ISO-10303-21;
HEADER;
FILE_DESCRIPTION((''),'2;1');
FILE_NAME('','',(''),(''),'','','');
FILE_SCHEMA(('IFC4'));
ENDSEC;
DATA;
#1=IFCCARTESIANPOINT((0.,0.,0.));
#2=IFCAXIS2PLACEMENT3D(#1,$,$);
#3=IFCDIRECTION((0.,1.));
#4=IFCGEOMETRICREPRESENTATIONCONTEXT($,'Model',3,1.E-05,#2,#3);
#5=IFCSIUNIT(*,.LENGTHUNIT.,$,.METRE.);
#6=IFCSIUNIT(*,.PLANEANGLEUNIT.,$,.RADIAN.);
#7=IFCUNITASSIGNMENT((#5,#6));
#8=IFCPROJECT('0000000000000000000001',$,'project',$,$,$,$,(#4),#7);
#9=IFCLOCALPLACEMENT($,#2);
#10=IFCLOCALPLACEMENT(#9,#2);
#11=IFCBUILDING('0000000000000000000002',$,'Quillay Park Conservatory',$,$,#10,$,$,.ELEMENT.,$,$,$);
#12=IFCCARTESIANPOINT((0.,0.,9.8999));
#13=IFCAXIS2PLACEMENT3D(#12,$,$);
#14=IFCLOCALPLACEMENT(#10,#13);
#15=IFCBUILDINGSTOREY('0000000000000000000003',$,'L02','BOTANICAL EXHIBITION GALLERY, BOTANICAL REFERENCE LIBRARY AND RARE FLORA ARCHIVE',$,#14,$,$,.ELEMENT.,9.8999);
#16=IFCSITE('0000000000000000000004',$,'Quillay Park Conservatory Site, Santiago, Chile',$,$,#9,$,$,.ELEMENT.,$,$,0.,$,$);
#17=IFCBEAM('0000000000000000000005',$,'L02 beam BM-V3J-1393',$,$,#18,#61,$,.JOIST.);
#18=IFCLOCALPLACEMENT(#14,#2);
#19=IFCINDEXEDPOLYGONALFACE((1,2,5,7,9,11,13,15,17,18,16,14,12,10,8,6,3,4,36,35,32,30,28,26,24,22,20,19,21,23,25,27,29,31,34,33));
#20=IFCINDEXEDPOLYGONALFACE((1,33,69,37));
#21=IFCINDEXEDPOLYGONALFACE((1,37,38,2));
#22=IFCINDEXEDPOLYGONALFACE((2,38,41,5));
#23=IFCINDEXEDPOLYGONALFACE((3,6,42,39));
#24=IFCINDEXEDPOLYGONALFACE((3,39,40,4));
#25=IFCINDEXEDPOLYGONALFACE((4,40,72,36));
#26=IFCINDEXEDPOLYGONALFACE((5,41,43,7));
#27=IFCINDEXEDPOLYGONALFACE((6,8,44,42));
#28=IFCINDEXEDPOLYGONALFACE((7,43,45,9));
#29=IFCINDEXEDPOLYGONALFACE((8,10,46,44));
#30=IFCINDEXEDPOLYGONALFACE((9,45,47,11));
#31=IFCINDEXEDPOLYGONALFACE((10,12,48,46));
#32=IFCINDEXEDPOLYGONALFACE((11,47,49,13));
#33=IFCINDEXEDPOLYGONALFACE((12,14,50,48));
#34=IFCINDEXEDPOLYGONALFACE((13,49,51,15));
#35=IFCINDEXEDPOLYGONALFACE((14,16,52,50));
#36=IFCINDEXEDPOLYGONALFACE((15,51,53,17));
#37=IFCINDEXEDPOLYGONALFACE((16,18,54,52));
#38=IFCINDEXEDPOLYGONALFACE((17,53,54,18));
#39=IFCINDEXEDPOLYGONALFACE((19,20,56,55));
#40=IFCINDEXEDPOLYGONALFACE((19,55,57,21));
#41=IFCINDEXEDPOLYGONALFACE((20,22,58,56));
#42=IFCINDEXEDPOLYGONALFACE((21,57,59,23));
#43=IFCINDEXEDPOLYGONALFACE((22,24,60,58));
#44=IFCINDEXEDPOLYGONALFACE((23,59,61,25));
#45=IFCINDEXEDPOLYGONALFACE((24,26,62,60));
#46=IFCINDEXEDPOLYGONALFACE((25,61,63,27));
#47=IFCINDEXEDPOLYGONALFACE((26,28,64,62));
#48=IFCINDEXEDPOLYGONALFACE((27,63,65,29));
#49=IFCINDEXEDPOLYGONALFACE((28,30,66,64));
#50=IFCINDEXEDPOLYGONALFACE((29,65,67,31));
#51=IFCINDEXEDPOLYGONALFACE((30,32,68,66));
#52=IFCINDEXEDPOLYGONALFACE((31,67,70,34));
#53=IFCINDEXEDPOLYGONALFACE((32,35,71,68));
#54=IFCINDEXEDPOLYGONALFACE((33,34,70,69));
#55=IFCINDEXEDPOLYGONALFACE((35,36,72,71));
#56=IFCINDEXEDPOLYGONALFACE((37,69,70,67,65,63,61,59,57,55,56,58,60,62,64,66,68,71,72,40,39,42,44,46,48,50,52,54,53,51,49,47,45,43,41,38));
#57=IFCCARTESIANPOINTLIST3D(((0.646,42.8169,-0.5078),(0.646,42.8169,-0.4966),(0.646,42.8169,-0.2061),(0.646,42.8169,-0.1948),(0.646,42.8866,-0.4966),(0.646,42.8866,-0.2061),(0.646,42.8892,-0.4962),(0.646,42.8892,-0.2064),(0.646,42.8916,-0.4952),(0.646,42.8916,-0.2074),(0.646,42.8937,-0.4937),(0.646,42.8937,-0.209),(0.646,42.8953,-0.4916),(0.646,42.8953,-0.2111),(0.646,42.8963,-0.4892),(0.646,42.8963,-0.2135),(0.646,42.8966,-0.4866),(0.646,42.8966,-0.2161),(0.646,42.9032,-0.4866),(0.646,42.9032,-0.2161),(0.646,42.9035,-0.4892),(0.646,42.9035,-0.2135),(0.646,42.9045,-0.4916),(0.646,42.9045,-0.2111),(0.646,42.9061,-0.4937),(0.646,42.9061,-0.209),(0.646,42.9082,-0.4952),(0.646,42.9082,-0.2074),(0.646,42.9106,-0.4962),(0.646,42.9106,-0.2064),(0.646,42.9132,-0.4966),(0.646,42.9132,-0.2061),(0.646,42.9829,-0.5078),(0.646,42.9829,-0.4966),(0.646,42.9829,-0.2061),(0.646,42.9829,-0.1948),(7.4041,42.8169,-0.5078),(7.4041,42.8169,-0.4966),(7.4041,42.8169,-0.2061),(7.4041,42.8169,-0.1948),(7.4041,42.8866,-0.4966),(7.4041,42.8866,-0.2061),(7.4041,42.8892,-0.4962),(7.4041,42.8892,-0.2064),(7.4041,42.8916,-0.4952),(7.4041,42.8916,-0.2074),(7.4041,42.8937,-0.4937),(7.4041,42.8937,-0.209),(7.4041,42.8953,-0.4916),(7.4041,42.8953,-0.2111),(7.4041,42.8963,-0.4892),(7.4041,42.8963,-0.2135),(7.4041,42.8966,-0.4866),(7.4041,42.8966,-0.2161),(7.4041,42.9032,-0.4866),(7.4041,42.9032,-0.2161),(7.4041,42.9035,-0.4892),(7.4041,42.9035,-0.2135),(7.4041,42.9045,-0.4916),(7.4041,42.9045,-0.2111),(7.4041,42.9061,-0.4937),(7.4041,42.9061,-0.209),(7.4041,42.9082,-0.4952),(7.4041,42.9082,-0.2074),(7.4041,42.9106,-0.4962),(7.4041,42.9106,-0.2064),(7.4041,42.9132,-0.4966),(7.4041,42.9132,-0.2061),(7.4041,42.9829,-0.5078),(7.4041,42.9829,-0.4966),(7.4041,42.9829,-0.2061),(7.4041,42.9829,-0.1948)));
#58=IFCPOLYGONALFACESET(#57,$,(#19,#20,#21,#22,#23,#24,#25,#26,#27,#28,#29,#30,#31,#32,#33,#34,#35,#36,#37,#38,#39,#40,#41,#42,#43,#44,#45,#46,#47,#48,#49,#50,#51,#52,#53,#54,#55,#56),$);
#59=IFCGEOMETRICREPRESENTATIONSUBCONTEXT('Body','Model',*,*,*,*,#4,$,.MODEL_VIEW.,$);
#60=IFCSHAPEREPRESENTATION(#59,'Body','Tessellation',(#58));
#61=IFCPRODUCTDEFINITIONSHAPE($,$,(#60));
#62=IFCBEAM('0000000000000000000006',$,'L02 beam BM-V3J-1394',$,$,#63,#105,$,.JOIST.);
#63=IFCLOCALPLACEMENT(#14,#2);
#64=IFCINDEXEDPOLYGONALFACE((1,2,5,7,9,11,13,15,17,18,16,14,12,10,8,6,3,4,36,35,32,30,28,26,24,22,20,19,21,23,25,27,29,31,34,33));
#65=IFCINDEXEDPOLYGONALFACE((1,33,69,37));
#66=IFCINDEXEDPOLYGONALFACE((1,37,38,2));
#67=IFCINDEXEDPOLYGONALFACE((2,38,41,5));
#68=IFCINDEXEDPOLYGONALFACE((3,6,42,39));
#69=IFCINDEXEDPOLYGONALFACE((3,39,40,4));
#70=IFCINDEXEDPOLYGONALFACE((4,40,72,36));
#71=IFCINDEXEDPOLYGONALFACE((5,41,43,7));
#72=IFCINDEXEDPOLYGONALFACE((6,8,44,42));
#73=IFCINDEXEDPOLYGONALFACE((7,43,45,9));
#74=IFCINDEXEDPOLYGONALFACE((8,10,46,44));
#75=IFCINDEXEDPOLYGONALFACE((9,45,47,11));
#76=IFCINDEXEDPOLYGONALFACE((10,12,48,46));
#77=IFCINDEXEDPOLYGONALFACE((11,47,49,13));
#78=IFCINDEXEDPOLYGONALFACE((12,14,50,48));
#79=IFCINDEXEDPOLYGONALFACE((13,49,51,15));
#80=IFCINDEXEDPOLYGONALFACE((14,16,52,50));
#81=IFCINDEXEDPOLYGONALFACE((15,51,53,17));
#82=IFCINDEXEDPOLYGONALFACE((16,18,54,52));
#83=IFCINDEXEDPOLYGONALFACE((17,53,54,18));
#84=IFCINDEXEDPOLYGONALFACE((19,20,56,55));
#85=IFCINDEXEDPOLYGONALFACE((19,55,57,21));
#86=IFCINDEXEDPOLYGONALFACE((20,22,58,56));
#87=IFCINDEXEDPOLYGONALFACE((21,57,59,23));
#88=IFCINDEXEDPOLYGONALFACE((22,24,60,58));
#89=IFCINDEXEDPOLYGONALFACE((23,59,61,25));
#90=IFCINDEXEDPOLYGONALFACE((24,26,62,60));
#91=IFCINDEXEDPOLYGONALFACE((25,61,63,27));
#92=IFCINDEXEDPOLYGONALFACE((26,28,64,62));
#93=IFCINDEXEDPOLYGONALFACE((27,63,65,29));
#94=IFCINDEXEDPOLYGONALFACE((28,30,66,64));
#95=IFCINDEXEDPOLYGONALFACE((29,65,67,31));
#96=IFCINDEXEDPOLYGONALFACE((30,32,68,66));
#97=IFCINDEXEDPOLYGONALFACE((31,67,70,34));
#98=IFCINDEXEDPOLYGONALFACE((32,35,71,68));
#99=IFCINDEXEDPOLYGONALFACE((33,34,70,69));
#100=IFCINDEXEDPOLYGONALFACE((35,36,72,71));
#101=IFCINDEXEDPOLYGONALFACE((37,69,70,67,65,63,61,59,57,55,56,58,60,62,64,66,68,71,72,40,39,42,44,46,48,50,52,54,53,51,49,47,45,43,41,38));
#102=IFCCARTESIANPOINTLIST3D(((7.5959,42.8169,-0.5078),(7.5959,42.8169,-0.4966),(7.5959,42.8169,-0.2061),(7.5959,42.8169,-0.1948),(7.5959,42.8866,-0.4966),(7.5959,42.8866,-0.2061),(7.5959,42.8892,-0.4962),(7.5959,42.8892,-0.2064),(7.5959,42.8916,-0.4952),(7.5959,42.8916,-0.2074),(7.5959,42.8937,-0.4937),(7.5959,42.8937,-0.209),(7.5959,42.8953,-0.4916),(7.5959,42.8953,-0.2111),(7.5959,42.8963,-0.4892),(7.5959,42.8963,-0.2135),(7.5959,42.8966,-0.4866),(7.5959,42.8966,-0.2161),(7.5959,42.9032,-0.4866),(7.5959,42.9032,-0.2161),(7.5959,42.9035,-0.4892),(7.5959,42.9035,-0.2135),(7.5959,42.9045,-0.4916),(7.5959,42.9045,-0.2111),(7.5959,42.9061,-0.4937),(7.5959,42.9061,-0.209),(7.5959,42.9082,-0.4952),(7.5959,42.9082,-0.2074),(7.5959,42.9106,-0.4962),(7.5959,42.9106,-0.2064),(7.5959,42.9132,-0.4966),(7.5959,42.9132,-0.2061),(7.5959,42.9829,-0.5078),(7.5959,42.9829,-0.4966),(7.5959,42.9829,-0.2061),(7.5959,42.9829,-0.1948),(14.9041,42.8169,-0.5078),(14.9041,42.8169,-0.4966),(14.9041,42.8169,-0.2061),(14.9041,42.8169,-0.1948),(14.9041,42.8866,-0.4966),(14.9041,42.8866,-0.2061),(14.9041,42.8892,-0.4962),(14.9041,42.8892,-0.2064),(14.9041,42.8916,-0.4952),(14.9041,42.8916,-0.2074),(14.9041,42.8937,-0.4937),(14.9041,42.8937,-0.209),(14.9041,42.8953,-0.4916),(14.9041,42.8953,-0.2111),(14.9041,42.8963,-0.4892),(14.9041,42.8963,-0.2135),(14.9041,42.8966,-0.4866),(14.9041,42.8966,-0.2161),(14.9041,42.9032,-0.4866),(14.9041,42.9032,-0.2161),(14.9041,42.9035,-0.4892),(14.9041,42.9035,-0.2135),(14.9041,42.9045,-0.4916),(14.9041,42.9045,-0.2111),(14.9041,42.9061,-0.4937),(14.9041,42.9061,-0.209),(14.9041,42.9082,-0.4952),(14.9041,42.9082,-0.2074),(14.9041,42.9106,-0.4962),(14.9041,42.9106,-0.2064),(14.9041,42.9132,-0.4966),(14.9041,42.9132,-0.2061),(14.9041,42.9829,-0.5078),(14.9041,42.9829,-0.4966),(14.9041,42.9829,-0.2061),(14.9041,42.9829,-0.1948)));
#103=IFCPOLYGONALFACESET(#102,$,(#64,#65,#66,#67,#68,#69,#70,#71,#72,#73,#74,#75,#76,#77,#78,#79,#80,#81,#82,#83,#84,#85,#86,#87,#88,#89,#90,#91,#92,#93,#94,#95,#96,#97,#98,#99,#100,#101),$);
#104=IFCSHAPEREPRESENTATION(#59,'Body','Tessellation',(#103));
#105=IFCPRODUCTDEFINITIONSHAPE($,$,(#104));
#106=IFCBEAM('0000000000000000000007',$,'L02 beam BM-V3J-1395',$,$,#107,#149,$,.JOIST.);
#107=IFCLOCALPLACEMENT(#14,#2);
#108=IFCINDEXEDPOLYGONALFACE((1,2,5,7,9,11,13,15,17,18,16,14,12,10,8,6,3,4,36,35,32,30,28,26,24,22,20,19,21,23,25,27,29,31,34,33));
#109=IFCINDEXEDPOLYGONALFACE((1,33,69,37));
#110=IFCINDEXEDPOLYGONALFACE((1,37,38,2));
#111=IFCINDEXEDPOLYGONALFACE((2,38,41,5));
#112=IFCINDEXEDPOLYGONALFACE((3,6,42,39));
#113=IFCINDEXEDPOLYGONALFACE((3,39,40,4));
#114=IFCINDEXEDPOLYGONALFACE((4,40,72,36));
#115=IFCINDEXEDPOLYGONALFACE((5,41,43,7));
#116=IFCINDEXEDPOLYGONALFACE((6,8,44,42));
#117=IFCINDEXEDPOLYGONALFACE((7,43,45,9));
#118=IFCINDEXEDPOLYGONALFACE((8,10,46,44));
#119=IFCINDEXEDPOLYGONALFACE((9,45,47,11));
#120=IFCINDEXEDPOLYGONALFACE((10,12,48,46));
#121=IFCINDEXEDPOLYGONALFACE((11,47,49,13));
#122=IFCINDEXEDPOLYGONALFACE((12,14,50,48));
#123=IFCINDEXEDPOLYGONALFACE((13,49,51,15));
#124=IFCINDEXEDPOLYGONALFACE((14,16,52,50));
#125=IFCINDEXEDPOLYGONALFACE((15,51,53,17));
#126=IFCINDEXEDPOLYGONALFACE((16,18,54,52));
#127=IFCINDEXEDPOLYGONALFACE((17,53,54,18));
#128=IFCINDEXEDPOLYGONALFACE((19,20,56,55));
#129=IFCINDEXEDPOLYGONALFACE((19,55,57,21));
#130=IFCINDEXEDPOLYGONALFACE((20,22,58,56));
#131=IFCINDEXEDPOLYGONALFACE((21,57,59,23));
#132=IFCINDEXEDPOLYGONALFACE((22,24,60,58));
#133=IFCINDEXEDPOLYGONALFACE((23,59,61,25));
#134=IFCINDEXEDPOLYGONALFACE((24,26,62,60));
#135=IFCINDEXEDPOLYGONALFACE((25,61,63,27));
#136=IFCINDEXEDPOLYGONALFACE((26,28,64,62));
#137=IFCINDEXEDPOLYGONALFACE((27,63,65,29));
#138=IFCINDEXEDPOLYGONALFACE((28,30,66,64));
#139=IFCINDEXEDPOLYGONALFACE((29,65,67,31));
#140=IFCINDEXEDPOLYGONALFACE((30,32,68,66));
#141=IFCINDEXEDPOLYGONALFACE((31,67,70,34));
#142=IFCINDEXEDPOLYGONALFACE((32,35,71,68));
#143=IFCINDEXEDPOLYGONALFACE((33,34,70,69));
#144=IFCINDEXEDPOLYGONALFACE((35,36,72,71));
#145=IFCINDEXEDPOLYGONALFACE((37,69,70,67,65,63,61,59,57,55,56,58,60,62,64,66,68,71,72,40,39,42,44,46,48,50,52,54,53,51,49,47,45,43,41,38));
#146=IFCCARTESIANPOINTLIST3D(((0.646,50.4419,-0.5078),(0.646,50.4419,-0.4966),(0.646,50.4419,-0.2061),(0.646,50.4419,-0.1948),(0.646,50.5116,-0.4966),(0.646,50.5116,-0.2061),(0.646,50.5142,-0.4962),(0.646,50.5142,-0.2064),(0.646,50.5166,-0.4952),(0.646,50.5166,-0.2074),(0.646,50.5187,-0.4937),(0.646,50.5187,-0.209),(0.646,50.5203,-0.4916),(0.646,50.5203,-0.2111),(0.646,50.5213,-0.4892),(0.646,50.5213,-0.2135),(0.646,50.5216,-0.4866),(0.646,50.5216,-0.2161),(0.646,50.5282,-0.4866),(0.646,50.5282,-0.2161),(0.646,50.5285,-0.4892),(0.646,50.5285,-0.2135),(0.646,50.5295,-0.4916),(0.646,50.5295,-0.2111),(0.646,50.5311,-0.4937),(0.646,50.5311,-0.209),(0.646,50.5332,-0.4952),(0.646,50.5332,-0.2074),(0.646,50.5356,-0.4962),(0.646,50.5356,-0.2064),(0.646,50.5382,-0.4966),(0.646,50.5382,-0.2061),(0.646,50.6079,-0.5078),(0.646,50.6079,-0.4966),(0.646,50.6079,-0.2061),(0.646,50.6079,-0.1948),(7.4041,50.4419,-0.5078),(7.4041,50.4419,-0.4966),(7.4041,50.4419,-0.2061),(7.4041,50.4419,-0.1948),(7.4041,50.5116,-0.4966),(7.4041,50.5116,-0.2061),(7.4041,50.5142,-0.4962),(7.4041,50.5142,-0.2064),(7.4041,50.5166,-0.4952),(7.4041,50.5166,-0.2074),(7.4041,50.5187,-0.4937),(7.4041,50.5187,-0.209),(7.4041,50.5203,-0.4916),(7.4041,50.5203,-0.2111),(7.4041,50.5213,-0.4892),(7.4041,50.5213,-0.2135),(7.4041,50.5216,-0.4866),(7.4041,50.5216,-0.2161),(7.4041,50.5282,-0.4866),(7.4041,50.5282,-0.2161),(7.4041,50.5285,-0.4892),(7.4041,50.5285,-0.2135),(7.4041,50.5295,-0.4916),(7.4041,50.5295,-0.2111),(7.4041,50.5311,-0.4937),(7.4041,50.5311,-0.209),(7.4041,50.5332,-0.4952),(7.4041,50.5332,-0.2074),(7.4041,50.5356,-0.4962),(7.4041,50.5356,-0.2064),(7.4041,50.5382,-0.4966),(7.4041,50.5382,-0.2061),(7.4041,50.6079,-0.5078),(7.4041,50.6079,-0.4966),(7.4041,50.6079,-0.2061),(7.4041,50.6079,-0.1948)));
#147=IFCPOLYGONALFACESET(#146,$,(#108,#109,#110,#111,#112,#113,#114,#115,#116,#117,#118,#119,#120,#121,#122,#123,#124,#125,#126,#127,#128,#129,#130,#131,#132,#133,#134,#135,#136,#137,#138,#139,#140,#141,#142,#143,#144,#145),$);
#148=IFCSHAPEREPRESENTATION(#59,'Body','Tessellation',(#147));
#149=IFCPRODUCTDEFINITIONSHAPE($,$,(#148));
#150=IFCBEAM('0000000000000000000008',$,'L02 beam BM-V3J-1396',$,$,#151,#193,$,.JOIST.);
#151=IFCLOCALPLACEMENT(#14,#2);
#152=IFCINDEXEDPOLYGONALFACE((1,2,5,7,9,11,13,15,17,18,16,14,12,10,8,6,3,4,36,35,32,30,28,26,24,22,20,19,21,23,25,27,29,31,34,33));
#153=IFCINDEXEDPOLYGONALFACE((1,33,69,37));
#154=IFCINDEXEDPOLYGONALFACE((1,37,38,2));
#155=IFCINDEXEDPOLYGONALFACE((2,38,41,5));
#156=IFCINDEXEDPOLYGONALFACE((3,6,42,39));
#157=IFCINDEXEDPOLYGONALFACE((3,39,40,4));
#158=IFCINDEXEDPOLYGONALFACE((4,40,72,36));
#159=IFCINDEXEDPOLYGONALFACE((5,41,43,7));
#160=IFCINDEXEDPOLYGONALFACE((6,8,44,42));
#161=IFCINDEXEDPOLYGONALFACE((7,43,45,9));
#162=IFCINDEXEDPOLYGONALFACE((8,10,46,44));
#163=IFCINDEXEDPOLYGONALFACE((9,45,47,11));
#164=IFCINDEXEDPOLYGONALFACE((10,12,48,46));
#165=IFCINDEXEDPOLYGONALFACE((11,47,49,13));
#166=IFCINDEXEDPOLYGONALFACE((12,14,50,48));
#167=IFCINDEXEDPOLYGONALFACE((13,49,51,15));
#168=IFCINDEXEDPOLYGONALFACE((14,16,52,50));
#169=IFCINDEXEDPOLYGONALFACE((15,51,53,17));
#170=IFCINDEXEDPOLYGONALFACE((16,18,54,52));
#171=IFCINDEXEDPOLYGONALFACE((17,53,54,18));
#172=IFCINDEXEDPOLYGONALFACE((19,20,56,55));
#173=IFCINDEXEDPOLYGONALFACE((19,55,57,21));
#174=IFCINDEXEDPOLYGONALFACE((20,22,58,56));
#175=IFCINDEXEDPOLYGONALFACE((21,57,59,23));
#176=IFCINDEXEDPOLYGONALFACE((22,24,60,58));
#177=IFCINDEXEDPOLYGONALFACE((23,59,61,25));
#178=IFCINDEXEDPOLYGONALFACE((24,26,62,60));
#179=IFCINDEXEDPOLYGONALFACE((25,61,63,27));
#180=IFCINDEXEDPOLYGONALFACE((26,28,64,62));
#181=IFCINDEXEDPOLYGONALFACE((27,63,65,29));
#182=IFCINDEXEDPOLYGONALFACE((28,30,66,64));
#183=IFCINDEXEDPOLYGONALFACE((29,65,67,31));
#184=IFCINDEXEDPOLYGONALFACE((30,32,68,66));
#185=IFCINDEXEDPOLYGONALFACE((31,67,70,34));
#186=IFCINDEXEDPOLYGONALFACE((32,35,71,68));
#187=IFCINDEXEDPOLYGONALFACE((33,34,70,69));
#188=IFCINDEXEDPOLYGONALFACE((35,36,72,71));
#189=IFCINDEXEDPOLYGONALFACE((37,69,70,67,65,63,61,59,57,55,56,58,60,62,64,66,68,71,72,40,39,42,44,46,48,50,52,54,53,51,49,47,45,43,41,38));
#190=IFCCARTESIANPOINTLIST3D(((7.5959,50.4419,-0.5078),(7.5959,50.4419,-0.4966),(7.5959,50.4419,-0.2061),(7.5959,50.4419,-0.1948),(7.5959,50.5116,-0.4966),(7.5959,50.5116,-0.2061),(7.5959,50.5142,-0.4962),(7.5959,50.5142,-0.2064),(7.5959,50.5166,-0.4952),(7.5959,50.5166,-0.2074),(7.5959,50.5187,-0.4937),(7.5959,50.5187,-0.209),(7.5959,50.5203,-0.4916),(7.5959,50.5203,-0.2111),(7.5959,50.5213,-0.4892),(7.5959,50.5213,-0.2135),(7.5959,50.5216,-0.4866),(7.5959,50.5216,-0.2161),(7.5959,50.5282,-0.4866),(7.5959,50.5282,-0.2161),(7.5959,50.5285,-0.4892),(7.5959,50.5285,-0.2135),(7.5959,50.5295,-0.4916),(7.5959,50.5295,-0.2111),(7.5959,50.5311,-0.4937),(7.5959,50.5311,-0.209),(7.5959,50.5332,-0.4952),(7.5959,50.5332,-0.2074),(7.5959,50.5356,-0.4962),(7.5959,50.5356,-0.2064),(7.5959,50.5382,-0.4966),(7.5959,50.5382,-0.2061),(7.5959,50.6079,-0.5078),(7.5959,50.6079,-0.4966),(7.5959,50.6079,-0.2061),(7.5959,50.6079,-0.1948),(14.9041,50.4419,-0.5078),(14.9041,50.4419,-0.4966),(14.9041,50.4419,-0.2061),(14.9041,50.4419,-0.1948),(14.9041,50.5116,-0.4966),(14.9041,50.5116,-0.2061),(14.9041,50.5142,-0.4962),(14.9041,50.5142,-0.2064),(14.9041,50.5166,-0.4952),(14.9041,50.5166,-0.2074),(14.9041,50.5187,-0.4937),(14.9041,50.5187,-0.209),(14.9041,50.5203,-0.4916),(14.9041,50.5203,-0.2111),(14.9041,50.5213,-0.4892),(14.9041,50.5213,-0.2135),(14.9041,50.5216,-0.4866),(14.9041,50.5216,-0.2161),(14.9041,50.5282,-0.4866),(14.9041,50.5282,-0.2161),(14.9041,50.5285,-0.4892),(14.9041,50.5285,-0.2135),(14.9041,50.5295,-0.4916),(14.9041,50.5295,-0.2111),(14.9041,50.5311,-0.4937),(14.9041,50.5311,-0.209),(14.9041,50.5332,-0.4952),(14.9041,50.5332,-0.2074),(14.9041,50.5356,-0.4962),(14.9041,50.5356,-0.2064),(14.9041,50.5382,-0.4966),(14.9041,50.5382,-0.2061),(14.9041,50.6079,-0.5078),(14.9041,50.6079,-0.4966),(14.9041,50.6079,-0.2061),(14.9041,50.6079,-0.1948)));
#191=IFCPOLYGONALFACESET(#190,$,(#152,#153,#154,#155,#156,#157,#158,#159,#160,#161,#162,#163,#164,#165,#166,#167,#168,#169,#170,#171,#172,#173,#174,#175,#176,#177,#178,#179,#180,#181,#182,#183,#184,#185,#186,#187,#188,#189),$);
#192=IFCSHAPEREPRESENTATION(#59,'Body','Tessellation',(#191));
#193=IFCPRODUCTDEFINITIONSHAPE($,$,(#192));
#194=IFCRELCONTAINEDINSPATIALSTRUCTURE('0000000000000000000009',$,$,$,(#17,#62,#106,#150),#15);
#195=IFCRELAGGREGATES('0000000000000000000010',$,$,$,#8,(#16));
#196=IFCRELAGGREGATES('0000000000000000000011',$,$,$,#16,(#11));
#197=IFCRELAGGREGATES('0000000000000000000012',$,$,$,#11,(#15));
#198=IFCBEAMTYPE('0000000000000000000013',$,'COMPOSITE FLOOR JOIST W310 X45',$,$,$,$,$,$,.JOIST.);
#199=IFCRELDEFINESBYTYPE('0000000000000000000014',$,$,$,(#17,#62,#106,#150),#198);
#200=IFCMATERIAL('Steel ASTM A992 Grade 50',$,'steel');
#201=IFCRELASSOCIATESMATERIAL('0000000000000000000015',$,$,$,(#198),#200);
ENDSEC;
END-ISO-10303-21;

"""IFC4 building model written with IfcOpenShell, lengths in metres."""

from ifc_helpers import new_model, si_unit, direction, frame, origin, origin_2d, place, context, subcontext, project, spatial, i_section, extrude, material, material_profile, profile_set, type_object, element, save


model = new_model("IFC4")

# Units and contexts
model_context = context("Model", 3, precision=1e-05, world=origin(), true_north=direction((0.0, 1.0)))
body_context = subcontext(model_context, "Body", "Model", "MODEL_VIEW")
ifc_project = project(units=[si_unit("LENGTHUNIT", "METRE"), si_unit("PLANEANGLEUNIT", "RADIAN")], contexts=[model_context])

# Site, building, storey
site_placement = place(None, origin())
site = spatial("IfcSite", under=ifc_project, at=site_placement, Name="Quillay Park Conservatory Site, Santiago, Chile", CompositionType="ELEMENT", RefElevation=0.0)
building_placement = place(site_placement, origin())
building = spatial("IfcBuilding", under=site, at=building_placement, Name="Quillay Park Conservatory", CompositionType="ELEMENT")
storey_placement = place(building_placement, frame((0.0, 0.0, 9.8999)))
storey = spatial("IfcBuildingStorey", under=building, at=storey_placement, Name="L02", Description="BOTANICAL EXHIBITION GALLERY, BOTANICAL REFERENCE LIBRARY AND RARE FLORA ARCHIVE", CompositionType="ELEMENT", Elevation=9.8999)

# Beams
ifc_material_1 = material(Name="Steel ASTM A992 Grade 50", Category="steel")
ifc_material_profile_1 = material_profile(ifc_material_1, i_section(OverallWidth=0.166, OverallDepth=0.313, WebThickness=0.0066, FlangeThickness=0.0112, FilletRadius=0.01, at=origin_2d()), Name="W310x45")
ifc_profile_set_1 = profile_set([ifc_material_profile_1], Name="Steel ASTM A992 Grade 50")
beam_type_1 = type_object("IfcBeamType", Name="COMPOSITE FLOOR JOIST W310 X45", PredefinedType="JOIST", material=ifc_profile_set_1)
beam_1_placement = place(storey_placement, frame((0.646, 42.8999, -0.3513), z_axis=(1.0, 0.0, 0.0), x_axis=(0.0, 1.0, 0.0)))
element("IfcBeam", 1, at=beam_1_placement, inside=storey, type_object=beam_type_1, Name="L02 beam BM-V3J-1393", PredefinedType="JOIST", context=body_context, shape_type="SweptSolid", body=[
    extrude(i_section(OverallWidth=0.166, OverallDepth=0.313, WebThickness=0.0066, FlangeThickness=0.0112, FilletRadius=0.01, at=origin_2d()), origin(), (0.0, 0.0, 1.0), 6.7581),
])
beam_2_placement = place(storey_placement, frame((7.5959, 42.8999, -0.3513), z_axis=(1.0, 0.0, 0.0), x_axis=(0.0, 1.0, 0.0)))
element("IfcBeam", 2, at=beam_2_placement, inside=storey, type_object=beam_type_1, Name="L02 beam BM-V3J-1394", PredefinedType="JOIST", context=body_context, shape_type="SweptSolid", body=[
    extrude(i_section(OverallWidth=0.166, OverallDepth=0.313, WebThickness=0.0066, FlangeThickness=0.0112, FilletRadius=0.01, at=origin_2d()), origin(), (0.0, 0.0, 1.0), 7.3081),
])
beam_3_placement = place(storey_placement, frame((0.646, 50.5249, -0.3513), z_axis=(1.0, 0.0, 0.0), x_axis=(0.0, 1.0, 0.0)))
element("IfcBeam", 3, at=beam_3_placement, inside=storey, type_object=beam_type_1, Name="L02 beam BM-V3J-1395", PredefinedType="JOIST", context=body_context, shape_type="SweptSolid", body=[
    extrude(i_section(OverallWidth=0.166, OverallDepth=0.313, WebThickness=0.0066, FlangeThickness=0.0112, FilletRadius=0.01, at=origin_2d()), origin(), (0.0, 0.0, 1.0), 6.7581),
])
beam_4_placement = place(storey_placement, frame((7.5959, 50.5249, -0.3513), z_axis=(1.0, 0.0, 0.0), x_axis=(0.0, 1.0, 0.0)))
element("IfcBeam", 4, at=beam_4_placement, inside=storey, type_object=beam_type_1, Name="L02 beam BM-V3J-1396", PredefinedType="JOIST", context=body_context, shape_type="SweptSolid", body=[
    extrude(i_section(OverallWidth=0.166, OverallDepth=0.313, WebThickness=0.0066, FlangeThickness=0.0112, FilletRadius=0.01, at=origin_2d()), origin(), (0.0, 0.0, 1.0), 7.3081),
])

save(model, "model.ifc")
